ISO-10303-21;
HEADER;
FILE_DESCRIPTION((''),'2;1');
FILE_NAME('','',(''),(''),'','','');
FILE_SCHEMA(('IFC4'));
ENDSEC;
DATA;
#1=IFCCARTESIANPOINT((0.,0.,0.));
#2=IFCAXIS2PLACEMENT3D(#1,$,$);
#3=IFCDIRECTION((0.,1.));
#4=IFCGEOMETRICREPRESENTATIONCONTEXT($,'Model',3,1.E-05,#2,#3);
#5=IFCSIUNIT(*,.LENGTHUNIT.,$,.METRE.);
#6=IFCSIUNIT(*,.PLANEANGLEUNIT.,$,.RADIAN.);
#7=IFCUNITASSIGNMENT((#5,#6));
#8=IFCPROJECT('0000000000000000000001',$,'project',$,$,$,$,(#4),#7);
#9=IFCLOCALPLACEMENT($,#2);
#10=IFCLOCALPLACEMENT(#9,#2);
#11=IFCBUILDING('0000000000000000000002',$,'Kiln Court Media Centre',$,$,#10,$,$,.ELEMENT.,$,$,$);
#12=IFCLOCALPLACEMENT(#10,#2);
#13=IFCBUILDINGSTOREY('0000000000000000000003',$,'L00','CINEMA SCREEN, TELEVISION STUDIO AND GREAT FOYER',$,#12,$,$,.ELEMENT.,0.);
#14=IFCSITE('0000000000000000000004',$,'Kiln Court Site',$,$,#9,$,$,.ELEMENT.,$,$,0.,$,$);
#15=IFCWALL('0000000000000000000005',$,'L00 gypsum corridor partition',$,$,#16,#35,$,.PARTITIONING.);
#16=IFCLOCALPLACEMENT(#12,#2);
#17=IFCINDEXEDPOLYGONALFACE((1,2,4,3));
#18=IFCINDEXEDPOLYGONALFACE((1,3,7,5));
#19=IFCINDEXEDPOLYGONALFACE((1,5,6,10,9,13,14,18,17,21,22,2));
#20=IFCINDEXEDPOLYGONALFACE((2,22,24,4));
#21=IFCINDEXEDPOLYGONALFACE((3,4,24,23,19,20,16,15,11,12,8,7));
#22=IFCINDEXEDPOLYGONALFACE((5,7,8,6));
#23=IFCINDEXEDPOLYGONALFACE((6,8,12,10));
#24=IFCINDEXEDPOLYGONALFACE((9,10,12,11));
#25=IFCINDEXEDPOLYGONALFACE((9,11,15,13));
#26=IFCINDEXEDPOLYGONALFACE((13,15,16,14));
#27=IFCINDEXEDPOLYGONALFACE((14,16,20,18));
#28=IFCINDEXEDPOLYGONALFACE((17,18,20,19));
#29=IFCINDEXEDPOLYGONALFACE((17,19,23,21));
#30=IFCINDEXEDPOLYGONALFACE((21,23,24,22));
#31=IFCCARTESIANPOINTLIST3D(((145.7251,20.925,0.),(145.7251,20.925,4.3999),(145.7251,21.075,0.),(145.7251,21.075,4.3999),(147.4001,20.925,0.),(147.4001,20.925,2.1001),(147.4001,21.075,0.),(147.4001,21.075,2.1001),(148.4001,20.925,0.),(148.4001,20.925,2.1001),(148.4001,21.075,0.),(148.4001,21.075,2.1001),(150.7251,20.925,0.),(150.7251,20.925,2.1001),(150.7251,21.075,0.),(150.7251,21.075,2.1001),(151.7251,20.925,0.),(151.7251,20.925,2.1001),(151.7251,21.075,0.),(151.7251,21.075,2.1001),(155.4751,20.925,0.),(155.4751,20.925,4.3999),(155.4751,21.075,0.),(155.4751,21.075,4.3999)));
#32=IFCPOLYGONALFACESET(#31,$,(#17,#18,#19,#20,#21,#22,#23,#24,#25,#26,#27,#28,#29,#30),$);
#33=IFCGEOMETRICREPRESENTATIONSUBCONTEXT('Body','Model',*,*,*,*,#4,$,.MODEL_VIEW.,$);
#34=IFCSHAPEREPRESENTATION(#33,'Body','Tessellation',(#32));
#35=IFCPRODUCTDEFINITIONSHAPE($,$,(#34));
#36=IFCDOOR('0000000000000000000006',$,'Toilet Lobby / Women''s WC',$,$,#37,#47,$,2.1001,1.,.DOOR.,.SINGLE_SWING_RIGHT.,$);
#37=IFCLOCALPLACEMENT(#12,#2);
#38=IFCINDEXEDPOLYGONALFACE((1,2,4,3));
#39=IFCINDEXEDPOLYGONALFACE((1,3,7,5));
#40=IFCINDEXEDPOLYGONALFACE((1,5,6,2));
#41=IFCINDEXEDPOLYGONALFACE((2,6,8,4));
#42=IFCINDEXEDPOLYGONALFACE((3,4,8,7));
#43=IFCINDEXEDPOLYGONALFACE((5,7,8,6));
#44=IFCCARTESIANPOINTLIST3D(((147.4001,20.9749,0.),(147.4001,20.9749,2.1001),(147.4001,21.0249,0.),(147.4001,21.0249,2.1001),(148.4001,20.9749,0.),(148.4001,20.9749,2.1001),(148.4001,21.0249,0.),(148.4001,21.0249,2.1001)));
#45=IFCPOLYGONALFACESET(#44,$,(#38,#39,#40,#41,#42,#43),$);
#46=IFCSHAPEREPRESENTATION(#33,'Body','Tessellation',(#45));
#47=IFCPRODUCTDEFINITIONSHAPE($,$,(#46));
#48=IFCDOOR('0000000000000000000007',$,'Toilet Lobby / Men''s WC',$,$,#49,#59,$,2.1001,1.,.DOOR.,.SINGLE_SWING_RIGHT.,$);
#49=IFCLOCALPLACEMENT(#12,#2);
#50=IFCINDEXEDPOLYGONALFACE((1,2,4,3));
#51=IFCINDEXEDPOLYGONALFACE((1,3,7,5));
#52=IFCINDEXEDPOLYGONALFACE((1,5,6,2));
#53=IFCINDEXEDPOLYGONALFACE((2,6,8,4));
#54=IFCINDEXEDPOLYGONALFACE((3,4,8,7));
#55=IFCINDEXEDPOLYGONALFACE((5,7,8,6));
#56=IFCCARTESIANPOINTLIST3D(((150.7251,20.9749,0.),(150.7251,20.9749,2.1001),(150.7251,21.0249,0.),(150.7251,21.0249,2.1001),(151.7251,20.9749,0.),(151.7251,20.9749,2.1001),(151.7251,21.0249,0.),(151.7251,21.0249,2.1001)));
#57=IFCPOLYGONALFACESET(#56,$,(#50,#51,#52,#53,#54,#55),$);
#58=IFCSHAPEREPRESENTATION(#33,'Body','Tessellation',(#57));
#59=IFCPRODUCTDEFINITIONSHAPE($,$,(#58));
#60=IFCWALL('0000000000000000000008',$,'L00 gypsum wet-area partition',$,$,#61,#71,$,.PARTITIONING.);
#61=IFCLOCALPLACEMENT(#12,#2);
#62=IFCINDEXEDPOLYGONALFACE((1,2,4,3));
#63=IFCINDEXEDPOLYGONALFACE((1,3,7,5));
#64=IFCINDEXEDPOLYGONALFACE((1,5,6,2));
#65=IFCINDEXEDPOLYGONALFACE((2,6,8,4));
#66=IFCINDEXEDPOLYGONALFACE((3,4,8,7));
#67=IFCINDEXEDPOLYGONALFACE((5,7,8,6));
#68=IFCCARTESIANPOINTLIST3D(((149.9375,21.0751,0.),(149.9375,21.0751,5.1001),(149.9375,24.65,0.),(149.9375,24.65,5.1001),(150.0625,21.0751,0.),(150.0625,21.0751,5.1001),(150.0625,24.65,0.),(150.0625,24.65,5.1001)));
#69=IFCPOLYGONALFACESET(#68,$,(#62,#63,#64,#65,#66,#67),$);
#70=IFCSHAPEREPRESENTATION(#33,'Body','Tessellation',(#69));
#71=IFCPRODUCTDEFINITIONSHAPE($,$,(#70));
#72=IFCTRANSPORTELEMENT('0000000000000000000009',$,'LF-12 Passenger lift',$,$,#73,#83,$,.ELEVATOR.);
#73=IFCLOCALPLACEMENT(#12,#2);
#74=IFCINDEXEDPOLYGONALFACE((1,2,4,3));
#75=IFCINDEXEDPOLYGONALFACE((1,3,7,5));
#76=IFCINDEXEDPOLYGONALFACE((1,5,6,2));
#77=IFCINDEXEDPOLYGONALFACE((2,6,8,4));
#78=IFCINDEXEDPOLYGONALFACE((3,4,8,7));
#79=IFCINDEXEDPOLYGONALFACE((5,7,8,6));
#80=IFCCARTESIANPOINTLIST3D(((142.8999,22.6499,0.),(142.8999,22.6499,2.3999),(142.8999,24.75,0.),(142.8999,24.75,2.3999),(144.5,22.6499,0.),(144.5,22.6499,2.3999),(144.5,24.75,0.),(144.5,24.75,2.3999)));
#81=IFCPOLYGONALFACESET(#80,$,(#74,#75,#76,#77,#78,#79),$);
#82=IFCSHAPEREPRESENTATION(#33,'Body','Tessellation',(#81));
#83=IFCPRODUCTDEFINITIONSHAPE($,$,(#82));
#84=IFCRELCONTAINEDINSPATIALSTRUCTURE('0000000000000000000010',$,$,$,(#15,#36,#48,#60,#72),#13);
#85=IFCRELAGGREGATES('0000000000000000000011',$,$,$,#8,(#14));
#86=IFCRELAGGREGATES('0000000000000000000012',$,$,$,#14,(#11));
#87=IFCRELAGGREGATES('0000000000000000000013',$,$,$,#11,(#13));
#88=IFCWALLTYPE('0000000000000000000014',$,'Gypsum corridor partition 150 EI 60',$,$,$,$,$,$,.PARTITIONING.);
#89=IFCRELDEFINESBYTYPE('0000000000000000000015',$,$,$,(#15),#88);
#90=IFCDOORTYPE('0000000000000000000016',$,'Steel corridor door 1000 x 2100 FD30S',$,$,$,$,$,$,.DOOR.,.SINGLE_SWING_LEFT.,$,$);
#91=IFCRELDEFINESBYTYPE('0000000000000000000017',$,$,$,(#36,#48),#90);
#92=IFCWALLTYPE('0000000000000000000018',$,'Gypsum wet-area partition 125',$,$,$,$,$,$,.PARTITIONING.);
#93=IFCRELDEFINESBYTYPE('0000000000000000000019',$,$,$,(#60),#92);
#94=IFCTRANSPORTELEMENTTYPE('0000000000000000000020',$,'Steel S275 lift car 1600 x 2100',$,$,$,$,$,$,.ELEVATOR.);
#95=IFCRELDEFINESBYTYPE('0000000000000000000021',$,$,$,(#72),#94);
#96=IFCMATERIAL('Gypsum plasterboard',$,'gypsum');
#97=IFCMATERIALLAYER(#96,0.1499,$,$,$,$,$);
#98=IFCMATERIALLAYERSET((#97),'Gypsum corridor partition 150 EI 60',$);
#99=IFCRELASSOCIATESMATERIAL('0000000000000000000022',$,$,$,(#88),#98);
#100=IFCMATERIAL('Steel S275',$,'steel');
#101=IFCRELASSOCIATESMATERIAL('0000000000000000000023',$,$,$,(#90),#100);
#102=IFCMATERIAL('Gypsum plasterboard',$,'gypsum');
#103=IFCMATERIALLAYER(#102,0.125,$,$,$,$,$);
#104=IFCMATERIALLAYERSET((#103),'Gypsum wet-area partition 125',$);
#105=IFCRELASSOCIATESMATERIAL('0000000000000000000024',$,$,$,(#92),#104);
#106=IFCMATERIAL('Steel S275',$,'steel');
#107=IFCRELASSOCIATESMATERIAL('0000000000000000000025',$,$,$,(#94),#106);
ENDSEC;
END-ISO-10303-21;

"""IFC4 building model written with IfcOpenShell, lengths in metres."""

from ifc_helpers import new_model, si_unit, direction, frame, frame_2d, origin, origin_2d, place, context, subcontext, project, spatial, rectangle, extrude, material, layer, layer_set, type_object, element, fill, save


model = new_model("IFC4")

# Units and contexts
model_context = context("Model", 3, precision=1e-05, world=origin(), true_north=direction((0.0, 1.0)))
body_context = subcontext(model_context, "Body", "Model", "MODEL_VIEW")
ifc_project = project(units=[si_unit("LENGTHUNIT", "METRE"), si_unit("PLANEANGLEUNIT", "RADIAN")], contexts=[model_context])

# Site, building, storey
site_placement = place(None, origin())
site = spatial("IfcSite", under=ifc_project, at=site_placement, Name="Kiln Court Site", CompositionType="ELEMENT", RefElevation=0.0)
building_placement = place(site_placement, origin())
building = spatial("IfcBuilding", under=site, at=building_placement, Name="Kiln Court Media Centre", CompositionType="ELEMENT")
storey_placement = place(building_placement, origin())
storey = spatial("IfcBuildingStorey", under=building, at=storey_placement, Name="L00", Description="CINEMA SCREEN, TELEVISION STUDIO AND GREAT FOYER", CompositionType="ELEMENT", Elevation=0.0)

# Wall, openings, doors
ifc_material_1 = material(Name="Gypsum plasterboard", Category="gypsum")
ifc_layer_1 = layer(ifc_material_1, 0.1499)
ifc_layer_set_1 = layer_set([ifc_layer_1], Name="Gypsum corridor partition 150 EI 60")
wall_type_1 = type_object("IfcWallType", Name="Gypsum corridor partition 150 EI 60", PredefinedType="PARTITIONING", material=ifc_layer_set_1)
wall_1_placement = place(storey_placement, frame((145.7251, 21.0, 0.0), z_axis=(0.0, 0.0, 1.0), x_axis=(1.0, 0.0, 0.0)))
wall_1 = element("IfcWall", 1, at=wall_1_placement, inside=storey, type_object=wall_type_1, Name="L00 gypsum corridor partition", PredefinedType="PARTITIONING", context=body_context, shape_type="SweptSolid", body=[
    extrude(rectangle(XDim=9.75, YDim=0.1499, at=frame_2d((4.875, 0.0))), origin(), (0.0, 0.0, 1.0), 4.3999),
])
opening_1_placement = place(wall_1_placement, frame((1.675, 0.0, 0.0)))
opening_1 = element("IfcOpeningElement", 2, at=opening_1_placement, cuts=wall_1, PredefinedType="OPENING", context=body_context, shape_type="SweptSolid", body=[
    extrude(rectangle(XDim=1.0, YDim=2.1001, at=frame_2d((0.5, 1.05))), frame((0.0, 0.085, 0.0), z_axis=(0.0, -1.0, 0.0), x_axis=(1.0, 0.0, 0.0)), (0.0, 0.0, 1.0), 0.1699),
])
opening_2_placement = place(wall_1_placement, frame((5.0, 0.0, 0.0)))
opening_2 = element("IfcOpeningElement", 3, at=opening_2_placement, cuts=wall_1, PredefinedType="OPENING", context=body_context, shape_type="SweptSolid", body=[
    extrude(rectangle(XDim=1.0, YDim=2.1001, at=frame_2d((0.5, 1.05))), frame((0.0, 0.085, 0.0), z_axis=(0.0, -1.0, 0.0), x_axis=(1.0, 0.0, 0.0)), (0.0, 0.0, 1.0), 0.1699),
])
ifc_material_2 = material(Name="Steel S275", Category="steel")
door_type_1 = type_object("IfcDoorType", Name="Steel corridor door 1000 x 2100 FD30S", OperationType="SINGLE_SWING_LEFT", PredefinedType="DOOR", material=ifc_material_2)
door_1_placement = place(opening_1_placement, origin())
door_1 = element("IfcDoor", 4, at=door_1_placement, inside=storey, type_object=door_type_1, Name="Toilet Lobby / Women's WC", OperationType="SINGLE_SWING_RIGHT", OverallHeight=2.1001, OverallWidth=1.0, PredefinedType="DOOR", context=body_context, shape_type="SweptSolid", body=[
    extrude(rectangle(XDim=1.0, YDim=2.1001, at=frame_2d((0.5, 1.05))), frame((0.0, 0.0249, 0.0), z_axis=(0.0, -1.0, 0.0), x_axis=(1.0, 0.0, 0.0)), (0.0, 0.0, 1.0), 0.05),
])
fill(opening_1, door_1)
door_2_placement = place(opening_2_placement, origin())
door_2 = element("IfcDoor", 5, at=door_2_placement, inside=storey, type_object=door_type_1, Name="Toilet Lobby / Men's WC", OperationType="SINGLE_SWING_RIGHT", OverallHeight=2.1001, OverallWidth=1.0, PredefinedType="DOOR", context=body_context, shape_type="SweptSolid", body=[
    extrude(rectangle(XDim=1.0, YDim=2.1001, at=frame_2d((0.5, 1.05))), frame((0.0, 0.0249, 0.0), z_axis=(0.0, -1.0, 0.0), x_axis=(1.0, 0.0, 0.0)), (0.0, 0.0, 1.0), 0.05),
])
fill(opening_2, door_2)

# Wall
ifc_material_3 = material(Name="Gypsum plasterboard", Category="gypsum")
ifc_layer_2 = layer(ifc_material_3, 0.125)
ifc_layer_set_2 = layer_set([ifc_layer_2], Name="Gypsum wet-area partition 125")
wall_type_2 = type_object("IfcWallType", Name="Gypsum wet-area partition 125", PredefinedType="PARTITIONING", material=ifc_layer_set_2)
wall_2_placement = place(storey_placement, frame((150.0, 21.075, 0.0), z_axis=(0.0, 0.0, 1.0), x_axis=(0.0, 1.0, 0.0)))
element("IfcWall", 6, at=wall_2_placement, inside=storey, type_object=wall_type_2, Name="L00 gypsum wet-area partition", PredefinedType="PARTITIONING", context=body_context, shape_type="SweptSolid", body=[
    extrude(rectangle(XDim=3.575, YDim=0.125, at=frame_2d((1.7876, 0.0))), origin(), (0.0, 0.0, 1.0), 5.1001),
])

# Transport element
ifc_material_4 = material(Name="Steel S275", Category="steel")
transport_element_type = type_object("IfcTransportElementType", Name="Steel S275 lift car 1600 x 2100", PredefinedType="ELEVATOR", material=ifc_material_4)
transport_element_placement = place(storey_placement, frame((143.7, 23.7, 0.0), z_axis=(0.0, 0.0, 1.0), x_axis=(1.0, 0.0, 0.0)))
element("IfcTransportElement", 7, at=transport_element_placement, inside=storey, type_object=transport_element_type, Name="LF-12 Passenger lift", PredefinedType="ELEVATOR", context=body_context, shape_type="SweptSolid", body=[
    extrude(rectangle(XDim=1.6001, YDim=2.1001, at=origin_2d()), origin(), (0.0, 0.0, 1.0), 2.3999),
])

save(model, "model.ifc")
